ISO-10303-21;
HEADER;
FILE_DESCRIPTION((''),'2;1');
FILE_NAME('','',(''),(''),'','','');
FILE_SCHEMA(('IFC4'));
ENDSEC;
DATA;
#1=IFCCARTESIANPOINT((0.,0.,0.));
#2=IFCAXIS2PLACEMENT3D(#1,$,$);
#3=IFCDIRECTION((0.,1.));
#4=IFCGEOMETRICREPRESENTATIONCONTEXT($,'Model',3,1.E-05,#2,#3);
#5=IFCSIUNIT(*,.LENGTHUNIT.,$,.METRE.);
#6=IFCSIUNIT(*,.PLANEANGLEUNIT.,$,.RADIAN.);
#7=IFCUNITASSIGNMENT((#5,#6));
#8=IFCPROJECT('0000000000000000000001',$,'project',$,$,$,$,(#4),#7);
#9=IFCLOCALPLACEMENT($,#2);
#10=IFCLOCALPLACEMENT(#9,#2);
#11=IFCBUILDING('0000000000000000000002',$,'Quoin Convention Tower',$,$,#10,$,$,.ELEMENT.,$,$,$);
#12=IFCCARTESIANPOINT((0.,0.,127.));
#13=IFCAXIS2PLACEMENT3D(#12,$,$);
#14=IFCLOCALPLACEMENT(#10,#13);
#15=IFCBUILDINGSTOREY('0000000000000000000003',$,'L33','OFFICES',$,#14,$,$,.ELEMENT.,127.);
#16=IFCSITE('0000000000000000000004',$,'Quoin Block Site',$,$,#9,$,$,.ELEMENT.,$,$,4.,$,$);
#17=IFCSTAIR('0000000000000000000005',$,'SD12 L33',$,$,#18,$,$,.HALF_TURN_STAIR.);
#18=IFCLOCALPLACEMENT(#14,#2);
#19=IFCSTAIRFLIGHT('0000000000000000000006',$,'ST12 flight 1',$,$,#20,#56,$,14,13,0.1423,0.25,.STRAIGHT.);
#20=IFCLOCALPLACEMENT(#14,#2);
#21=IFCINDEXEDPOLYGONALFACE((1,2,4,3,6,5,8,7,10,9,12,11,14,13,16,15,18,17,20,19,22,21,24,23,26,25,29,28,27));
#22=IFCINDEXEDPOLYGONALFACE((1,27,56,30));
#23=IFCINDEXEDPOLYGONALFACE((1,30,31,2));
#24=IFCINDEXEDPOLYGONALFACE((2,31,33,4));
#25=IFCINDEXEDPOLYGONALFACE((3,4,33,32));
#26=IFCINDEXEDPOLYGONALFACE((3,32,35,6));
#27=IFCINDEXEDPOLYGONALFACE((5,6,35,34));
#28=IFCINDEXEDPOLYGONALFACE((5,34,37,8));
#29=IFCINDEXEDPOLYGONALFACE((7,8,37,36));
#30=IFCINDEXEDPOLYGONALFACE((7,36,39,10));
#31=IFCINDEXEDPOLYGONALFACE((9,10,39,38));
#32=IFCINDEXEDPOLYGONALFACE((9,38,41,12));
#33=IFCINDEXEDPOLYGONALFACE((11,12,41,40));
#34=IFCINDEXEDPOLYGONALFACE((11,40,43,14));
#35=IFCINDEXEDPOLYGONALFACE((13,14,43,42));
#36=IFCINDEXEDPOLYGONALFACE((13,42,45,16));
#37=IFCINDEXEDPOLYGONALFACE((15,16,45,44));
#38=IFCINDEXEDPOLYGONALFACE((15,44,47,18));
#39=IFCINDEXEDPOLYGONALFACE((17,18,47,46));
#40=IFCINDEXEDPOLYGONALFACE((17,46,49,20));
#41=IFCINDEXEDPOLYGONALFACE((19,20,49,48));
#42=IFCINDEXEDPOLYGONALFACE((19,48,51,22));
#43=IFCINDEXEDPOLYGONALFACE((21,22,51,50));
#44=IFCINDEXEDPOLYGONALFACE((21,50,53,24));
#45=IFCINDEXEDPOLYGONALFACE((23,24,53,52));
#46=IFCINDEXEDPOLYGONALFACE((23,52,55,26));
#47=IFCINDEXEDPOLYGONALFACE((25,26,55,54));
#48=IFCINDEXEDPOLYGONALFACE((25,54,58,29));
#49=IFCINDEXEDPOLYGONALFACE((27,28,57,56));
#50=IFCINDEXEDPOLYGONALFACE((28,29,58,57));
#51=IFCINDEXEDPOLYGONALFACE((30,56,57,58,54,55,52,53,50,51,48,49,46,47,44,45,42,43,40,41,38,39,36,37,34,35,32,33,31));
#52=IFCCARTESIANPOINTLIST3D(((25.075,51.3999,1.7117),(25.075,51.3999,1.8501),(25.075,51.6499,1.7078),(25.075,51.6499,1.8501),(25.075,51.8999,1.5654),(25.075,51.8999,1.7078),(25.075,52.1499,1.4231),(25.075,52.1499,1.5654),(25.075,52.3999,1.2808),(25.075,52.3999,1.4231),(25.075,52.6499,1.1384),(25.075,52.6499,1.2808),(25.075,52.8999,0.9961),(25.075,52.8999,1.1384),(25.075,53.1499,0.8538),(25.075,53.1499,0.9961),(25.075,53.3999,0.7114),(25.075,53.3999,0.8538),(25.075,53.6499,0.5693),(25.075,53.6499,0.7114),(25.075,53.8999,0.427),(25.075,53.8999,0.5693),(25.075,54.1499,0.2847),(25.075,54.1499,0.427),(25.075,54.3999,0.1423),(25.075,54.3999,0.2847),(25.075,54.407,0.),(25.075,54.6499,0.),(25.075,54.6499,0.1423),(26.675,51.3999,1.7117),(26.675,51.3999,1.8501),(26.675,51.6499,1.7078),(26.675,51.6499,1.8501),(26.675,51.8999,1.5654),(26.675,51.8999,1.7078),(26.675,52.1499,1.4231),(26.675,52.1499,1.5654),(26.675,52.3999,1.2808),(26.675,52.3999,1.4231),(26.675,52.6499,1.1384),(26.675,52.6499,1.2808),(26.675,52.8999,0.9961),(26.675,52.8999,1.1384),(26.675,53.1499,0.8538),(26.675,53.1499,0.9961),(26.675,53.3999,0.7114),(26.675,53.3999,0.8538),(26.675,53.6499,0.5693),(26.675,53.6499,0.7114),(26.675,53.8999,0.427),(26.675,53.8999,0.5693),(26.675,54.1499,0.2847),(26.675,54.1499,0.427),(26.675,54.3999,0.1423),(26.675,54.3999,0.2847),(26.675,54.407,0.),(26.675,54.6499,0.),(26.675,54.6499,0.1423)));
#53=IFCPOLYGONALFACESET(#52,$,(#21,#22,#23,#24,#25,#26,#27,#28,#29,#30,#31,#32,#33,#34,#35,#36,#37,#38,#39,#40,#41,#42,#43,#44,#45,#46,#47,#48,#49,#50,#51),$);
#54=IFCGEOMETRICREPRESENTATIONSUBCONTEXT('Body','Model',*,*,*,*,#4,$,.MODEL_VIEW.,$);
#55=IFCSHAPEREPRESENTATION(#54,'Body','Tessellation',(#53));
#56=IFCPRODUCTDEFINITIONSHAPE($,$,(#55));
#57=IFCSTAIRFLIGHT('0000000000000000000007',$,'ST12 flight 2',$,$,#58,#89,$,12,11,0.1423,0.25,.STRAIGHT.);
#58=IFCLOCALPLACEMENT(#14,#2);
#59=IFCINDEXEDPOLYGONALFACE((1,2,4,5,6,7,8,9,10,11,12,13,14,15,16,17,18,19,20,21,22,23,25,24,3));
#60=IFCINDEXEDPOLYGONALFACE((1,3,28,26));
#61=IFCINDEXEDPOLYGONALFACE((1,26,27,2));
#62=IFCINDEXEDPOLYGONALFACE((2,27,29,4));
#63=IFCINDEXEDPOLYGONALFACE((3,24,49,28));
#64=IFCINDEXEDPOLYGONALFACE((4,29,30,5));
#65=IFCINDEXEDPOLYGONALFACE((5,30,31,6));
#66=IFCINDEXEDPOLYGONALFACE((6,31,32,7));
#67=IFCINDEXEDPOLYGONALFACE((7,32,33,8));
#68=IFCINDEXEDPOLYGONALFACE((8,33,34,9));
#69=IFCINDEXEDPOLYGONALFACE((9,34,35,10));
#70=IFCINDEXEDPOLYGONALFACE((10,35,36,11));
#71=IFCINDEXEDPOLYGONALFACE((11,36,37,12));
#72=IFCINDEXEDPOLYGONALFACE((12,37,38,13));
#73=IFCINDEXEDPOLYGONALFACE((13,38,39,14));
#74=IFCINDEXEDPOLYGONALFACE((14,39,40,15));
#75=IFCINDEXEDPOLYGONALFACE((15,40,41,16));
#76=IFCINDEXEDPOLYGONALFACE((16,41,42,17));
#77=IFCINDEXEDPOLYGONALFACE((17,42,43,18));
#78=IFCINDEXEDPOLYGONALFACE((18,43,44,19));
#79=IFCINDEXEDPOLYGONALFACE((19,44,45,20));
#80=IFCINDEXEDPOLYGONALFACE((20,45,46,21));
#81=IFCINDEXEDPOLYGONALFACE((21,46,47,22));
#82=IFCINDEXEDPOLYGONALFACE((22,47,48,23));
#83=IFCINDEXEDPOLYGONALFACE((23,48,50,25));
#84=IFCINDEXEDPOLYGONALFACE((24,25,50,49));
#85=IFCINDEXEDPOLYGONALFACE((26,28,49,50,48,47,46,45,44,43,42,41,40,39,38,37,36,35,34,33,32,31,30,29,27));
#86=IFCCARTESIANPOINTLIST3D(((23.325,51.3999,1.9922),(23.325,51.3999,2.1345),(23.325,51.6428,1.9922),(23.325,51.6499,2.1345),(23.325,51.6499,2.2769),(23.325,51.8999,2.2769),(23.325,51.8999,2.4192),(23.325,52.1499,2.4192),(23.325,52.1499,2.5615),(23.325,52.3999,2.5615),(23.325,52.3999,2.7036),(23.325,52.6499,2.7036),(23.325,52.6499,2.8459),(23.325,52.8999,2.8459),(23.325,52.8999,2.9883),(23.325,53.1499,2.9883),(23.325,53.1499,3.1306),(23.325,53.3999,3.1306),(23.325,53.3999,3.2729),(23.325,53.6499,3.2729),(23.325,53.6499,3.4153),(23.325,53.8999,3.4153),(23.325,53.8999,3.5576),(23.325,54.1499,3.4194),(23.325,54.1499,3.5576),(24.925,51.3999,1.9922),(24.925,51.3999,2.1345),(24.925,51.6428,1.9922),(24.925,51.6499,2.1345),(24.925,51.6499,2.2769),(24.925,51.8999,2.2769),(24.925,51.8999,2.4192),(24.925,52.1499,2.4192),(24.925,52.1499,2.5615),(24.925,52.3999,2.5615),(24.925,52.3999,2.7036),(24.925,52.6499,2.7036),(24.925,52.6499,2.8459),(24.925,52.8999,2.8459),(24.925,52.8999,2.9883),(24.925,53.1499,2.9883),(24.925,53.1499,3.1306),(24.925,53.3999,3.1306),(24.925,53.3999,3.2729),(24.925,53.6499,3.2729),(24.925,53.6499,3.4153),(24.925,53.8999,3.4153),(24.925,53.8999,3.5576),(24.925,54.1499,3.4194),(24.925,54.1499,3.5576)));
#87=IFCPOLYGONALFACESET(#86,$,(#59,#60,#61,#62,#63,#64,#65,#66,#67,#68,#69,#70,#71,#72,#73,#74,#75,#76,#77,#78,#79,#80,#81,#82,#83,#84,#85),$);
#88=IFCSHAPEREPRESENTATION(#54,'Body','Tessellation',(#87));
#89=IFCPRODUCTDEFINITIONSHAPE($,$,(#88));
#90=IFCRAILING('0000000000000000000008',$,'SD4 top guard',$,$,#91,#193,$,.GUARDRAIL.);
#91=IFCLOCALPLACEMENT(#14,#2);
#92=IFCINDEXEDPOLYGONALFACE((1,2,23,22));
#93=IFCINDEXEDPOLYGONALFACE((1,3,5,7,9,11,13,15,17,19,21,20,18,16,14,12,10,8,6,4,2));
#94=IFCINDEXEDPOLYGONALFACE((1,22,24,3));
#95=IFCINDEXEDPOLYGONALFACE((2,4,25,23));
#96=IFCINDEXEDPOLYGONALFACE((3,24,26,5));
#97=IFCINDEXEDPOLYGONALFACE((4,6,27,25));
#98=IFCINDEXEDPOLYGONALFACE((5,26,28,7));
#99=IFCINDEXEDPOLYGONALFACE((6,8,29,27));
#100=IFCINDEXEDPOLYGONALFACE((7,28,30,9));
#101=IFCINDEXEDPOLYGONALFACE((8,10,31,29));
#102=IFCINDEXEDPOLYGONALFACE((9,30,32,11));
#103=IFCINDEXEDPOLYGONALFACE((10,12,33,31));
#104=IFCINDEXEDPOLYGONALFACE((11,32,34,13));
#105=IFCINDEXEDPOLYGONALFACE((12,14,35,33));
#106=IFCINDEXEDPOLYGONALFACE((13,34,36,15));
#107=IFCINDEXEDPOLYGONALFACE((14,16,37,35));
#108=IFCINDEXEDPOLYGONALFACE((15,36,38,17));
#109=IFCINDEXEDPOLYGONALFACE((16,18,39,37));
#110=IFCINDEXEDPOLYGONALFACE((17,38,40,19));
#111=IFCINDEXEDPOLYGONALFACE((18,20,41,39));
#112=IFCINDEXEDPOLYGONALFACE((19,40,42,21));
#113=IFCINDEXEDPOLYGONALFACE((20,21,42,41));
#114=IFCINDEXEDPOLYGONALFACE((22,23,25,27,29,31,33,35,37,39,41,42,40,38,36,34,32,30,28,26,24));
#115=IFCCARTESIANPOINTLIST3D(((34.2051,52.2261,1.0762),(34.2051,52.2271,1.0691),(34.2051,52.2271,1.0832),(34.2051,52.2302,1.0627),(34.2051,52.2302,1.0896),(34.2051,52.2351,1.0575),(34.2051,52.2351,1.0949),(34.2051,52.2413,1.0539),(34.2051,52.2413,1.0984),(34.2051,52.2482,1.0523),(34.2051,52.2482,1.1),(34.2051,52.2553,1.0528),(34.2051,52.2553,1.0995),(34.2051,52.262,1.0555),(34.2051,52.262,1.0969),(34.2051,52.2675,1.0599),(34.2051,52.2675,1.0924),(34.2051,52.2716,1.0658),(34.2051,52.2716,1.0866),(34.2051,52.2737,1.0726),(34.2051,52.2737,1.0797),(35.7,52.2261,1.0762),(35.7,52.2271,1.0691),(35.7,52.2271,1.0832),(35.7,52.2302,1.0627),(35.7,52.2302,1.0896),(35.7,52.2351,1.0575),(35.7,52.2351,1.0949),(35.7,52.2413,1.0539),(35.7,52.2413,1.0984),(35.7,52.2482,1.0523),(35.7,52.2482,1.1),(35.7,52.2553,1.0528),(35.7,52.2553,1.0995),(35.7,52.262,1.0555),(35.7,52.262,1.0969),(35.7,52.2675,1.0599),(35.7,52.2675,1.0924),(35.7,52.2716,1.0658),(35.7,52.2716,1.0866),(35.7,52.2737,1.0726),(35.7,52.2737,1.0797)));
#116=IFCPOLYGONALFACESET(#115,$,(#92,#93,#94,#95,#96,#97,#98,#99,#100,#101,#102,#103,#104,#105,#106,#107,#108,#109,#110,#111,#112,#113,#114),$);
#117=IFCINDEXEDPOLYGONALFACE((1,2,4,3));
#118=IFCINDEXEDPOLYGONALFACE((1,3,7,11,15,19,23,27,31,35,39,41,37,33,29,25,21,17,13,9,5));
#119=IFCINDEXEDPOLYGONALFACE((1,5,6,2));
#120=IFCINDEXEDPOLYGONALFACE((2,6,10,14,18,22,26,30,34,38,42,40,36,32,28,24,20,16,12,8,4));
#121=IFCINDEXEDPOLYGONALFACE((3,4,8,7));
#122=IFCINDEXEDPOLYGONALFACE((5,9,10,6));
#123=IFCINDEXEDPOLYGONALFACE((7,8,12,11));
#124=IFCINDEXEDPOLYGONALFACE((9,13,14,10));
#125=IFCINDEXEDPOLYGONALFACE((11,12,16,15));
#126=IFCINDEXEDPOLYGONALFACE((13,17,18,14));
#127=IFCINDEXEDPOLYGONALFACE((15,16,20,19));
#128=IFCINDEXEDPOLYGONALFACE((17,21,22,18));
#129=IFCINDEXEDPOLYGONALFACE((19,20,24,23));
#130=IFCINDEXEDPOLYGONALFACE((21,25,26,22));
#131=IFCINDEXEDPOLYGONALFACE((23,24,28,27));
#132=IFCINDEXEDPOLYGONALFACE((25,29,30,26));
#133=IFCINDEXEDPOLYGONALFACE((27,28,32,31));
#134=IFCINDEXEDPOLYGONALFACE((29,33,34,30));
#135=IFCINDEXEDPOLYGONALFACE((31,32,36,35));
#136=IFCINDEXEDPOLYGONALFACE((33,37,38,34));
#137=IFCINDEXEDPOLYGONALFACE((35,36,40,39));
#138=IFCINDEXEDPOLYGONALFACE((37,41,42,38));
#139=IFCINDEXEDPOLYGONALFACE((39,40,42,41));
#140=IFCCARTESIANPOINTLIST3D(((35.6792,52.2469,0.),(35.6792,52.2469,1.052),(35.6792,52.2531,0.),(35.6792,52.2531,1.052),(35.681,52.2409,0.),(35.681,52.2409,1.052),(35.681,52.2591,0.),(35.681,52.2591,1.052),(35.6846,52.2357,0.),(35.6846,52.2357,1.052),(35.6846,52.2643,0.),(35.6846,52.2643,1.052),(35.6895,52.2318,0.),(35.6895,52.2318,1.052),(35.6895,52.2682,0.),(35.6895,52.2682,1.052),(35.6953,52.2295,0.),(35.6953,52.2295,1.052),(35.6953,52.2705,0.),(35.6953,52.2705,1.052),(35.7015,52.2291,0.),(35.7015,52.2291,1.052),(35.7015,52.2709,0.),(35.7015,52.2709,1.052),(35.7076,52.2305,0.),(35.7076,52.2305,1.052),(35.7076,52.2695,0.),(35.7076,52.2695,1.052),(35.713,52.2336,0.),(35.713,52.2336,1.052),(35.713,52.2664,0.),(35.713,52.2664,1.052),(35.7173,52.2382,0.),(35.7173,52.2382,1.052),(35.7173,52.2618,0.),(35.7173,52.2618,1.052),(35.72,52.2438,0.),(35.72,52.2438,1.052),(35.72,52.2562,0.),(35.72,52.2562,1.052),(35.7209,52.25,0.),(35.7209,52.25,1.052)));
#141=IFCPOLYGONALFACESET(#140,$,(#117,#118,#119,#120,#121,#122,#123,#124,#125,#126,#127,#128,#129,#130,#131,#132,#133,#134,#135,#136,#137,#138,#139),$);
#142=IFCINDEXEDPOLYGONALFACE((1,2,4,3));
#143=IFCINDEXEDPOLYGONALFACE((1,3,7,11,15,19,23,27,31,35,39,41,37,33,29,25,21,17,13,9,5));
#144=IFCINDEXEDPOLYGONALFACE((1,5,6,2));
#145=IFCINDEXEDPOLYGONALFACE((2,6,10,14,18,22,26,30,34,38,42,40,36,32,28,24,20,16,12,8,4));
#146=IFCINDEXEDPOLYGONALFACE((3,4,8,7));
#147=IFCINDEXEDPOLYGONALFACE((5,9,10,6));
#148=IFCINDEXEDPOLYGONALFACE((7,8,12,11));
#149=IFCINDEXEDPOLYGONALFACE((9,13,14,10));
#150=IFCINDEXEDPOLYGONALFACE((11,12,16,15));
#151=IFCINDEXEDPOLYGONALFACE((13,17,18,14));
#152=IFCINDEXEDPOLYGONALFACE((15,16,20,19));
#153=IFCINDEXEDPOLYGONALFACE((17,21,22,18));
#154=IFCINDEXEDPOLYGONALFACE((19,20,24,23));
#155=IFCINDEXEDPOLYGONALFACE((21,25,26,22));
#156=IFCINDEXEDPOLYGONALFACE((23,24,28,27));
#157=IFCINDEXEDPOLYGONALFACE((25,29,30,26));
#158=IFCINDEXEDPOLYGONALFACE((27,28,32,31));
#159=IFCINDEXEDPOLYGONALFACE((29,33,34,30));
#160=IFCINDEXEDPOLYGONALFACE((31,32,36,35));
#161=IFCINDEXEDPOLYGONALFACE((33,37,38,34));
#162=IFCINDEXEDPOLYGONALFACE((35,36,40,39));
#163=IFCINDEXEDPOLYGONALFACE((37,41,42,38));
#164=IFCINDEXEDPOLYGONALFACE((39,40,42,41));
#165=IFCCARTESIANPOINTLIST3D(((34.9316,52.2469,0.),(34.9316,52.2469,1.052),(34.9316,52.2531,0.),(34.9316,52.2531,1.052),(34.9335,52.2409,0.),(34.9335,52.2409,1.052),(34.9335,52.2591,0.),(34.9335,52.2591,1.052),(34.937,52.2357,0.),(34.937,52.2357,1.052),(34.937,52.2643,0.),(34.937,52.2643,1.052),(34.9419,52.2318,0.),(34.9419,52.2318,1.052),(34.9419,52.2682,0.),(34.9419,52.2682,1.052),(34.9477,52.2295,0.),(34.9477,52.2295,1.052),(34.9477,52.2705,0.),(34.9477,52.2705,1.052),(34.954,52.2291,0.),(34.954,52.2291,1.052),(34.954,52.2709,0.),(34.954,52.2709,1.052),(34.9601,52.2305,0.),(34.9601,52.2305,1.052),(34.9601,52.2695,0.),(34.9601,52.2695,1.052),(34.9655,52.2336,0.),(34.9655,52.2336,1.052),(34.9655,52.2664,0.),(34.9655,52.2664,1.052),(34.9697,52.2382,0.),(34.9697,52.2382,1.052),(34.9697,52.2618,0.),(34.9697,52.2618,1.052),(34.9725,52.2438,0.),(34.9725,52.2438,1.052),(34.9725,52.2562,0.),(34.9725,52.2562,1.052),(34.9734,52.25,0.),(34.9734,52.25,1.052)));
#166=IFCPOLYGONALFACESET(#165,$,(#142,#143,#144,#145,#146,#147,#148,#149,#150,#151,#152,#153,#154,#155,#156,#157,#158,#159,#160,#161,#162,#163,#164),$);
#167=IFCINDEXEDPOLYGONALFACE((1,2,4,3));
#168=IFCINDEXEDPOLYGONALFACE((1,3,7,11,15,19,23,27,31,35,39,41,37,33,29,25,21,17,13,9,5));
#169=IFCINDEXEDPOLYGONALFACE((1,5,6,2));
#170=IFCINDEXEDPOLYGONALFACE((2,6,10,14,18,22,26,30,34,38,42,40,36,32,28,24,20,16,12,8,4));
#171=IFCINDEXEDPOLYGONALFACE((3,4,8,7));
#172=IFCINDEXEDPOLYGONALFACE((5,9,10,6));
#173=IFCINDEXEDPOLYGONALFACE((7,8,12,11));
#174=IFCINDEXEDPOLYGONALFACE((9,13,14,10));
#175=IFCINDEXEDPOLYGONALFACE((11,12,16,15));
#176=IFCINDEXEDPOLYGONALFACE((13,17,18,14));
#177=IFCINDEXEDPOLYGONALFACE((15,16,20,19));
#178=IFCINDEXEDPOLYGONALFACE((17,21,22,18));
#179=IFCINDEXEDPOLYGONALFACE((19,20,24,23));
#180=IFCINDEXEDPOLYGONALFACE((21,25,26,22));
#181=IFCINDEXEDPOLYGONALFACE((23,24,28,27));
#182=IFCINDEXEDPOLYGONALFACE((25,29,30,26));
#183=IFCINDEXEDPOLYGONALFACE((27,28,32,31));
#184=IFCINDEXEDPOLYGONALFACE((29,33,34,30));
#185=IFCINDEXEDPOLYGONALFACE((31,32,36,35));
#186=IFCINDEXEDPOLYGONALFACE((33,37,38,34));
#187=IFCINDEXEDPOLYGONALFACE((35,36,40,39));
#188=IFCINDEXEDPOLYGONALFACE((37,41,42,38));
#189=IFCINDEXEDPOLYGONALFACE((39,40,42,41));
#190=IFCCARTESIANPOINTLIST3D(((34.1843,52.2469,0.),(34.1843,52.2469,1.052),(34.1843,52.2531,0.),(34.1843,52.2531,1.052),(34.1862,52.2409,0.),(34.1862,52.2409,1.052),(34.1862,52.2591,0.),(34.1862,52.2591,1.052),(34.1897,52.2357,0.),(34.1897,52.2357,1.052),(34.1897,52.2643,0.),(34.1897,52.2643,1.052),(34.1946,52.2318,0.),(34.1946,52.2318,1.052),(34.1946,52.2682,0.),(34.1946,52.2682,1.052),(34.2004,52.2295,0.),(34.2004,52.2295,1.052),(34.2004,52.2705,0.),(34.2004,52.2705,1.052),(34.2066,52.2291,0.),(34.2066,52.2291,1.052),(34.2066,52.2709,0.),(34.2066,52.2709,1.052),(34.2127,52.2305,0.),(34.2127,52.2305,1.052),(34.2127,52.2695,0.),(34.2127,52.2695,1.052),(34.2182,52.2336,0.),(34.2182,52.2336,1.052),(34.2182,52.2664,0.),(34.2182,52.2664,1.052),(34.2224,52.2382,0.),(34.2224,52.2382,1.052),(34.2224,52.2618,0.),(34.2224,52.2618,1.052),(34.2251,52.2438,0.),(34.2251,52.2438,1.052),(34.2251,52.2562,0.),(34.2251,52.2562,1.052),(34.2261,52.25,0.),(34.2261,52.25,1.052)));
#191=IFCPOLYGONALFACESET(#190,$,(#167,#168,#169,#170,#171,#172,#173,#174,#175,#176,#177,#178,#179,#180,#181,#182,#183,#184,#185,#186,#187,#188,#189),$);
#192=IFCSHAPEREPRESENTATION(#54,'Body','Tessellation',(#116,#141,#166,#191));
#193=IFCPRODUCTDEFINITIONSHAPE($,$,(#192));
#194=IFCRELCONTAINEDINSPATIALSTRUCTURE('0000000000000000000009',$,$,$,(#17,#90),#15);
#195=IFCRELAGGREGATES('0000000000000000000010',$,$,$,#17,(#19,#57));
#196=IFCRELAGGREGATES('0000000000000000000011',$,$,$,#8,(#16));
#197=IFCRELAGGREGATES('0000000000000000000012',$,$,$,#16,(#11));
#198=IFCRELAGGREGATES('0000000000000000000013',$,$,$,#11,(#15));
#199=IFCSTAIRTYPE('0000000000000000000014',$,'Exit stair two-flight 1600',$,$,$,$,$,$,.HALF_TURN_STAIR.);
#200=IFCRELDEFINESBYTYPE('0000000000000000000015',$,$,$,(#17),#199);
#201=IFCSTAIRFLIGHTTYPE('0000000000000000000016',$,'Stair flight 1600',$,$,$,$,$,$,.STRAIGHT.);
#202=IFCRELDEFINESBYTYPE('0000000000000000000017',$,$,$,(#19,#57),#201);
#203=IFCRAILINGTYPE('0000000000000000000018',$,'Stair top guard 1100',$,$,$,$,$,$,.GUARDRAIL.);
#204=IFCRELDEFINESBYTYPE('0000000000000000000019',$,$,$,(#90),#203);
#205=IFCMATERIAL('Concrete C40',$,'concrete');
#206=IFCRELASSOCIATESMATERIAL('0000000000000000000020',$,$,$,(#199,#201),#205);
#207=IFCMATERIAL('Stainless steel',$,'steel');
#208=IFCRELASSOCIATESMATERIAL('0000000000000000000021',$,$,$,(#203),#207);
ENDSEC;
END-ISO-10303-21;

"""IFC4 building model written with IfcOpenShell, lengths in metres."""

from ifc_helpers import new_model, si_unit, direction, frame, origin, origin_2d, place, context, subcontext, project, spatial, polyline, circle, outline, extrude, material, type_object, element, aggregate, save


model = new_model("IFC4")

# Units and contexts
model_context = context("Model", 3, precision=1e-05, world=origin(), true_north=direction((0.0, 1.0)))
body_context = subcontext(model_context, "Body", "Model", "MODEL_VIEW")
ifc_project = project(units=[si_unit("LENGTHUNIT", "METRE"), si_unit("PLANEANGLEUNIT", "RADIAN")], contexts=[model_context])

# Site, building, storey
site_placement = place(None, origin())
site = spatial("IfcSite", under=ifc_project, at=site_placement, Name="Quoin Block Site", CompositionType="ELEMENT", RefElevation=4.0)
building_placement = place(site_placement, origin())
building = spatial("IfcBuilding", under=site, at=building_placement, Name="Quoin Convention Tower", CompositionType="ELEMENT")
storey_placement = place(building_placement, frame((0.0, 0.0, 127.0)))
storey = spatial("IfcBuildingStorey", under=building, at=storey_placement, Name="L33", Description="OFFICES", CompositionType="ELEMENT", Elevation=127.0)

# Shared definitions
ifc_material_1 = material(Name="Concrete C40", Category="concrete")

# Stair, stair flights
stair_type_1 = type_object("IfcStairType", Name="Exit stair two-flight 1600", PredefinedType="HALF_TURN_STAIR", material=ifc_material_1)
stair_flight_type_1 = type_object("IfcStairFlightType", Name="Stair flight 1600", PredefinedType="STRAIGHT", material=ifc_material_1)
stair_1_placement = place(storey_placement, origin())
stair_1 = element("IfcStair", 1, at=stair_1_placement, inside=storey, type_object=stair_type_1, Name="SD12 L33", PredefinedType="HALF_TURN_STAIR")
stair_flight_1_placement = place(storey_placement, frame((25.875, 54.6499, 0.0), z_axis=(0.0, 0.0, 1.0), x_axis=(0.0, -1.0, 0.0)))
stair_flight_1 = element("IfcStairFlight", 2, at=stair_flight_1_placement, type_object=stair_flight_type_1, Name="ST12 flight 1", NumberOfRisers=14, NumberOfTreads=13, PredefinedType="STRAIGHT", RiserHeight=0.1423, TreadLength=0.25, context=body_context, shape_type="SweptSolid", body=[
    extrude(outline(polyline([(0.0, 0.0), (0.0, 0.1423), (0.25, 0.1423), (0.25, 0.2847), (0.5, 0.2847), (0.5, 0.427), (0.75, 0.427), (0.75, 0.5693), (1.0, 0.5693), (1.0, 0.7114), (1.25, 0.7114), (1.25, 0.8538), (1.5, 0.8538), (1.5, 0.9961), (1.75, 0.9961), (1.75, 1.1384), (2.0, 1.1384), (2.0, 1.2808), (2.25, 1.2808), (2.25, 1.4231), (2.5, 1.4231), (2.5, 1.5654), (2.75, 1.5654), (2.75, 1.7078), (3.0, 1.7078), (3.0, 1.8501), (3.25, 1.8501), (3.25, 1.9922), (3.25, 1.7117), (0.2429, 0.0), (0.0, 0.0)])), frame((0.0, 0.8, 0.0), z_axis=(0.0, -1.0, 0.0), x_axis=(1.0, 0.0, 0.0)), (0.0, 0.0, 1.0), 1.6001),
])
stair_flight_2_placement = place(storey_placement, frame((24.125, 51.3999, 1.9922), z_axis=(0.0, 0.0, 1.0), x_axis=(0.0, 1.0, 0.0)))
stair_flight_2 = element("IfcStairFlight", 3, at=stair_flight_2_placement, type_object=stair_flight_type_1, Name="ST12 flight 2", NumberOfRisers=12, NumberOfTreads=11, PredefinedType="STRAIGHT", RiserHeight=0.1423, TreadLength=0.25, context=body_context, shape_type="SweptSolid", body=[
    extrude(outline(polyline([(0.0, 0.0), (0.0, 0.1423), (0.25, 0.1423), (0.25, 0.2847), (0.5, 0.2847), (0.5, 0.427), (0.75, 0.427), (0.75, 0.5693), (1.0, 0.5693), (1.0, 0.7114), (1.25, 0.7114), (1.25, 0.8538), (1.5, 0.8538), (1.5, 0.9961), (1.75, 0.9961), (1.75, 1.1384), (2.0, 1.1384), (2.0, 1.2808), (2.25, 1.2808), (2.25, 1.4231), (2.5, 1.4231), (2.5, 1.5654), (2.75, 1.5654), (2.75, 1.7078), (2.75, 1.4272), (0.2429, 0.0), (0.0, 0.0)])), frame((0.0, 0.8, 0.0), z_axis=(0.0, -1.0, 0.0), x_axis=(1.0, 0.0, 0.0)), (0.0, 0.0, 1.0), 1.6001),
])
aggregate(stair_1, [stair_flight_1, stair_flight_2])

# Railing
ifc_material_2 = material(Name="Stainless steel", Category="steel")
railing_type_1 = type_object("IfcRailingType", Name="Stair top guard 1100", PredefinedType="GUARDRAIL", material=ifc_material_2)
railing_1_placement = place(storey_placement, frame((35.7, 52.25, 0.0)))
element("IfcRailing", 4, at=railing_1_placement, inside=storey, type_object=railing_type_1, Name="SD4 top guard", PredefinedType="GUARDRAIL", context=body_context, shape_type="SweptSolid", body=[
    extrude(circle(Radius=0.0239, at=origin_2d()), frame((0.0, 0.0, 1.0762), z_axis=(-1.0, 0.0, 0.0), x_axis=(0.0, -1.0, 0.0)), (0.0, 0.0, 1.0), 1.4949),
    extrude(circle(Radius=0.021, at=origin_2d()), origin(), (0.0, 0.0, 1.0), 1.052),
    extrude(circle(Radius=0.021, at=origin_2d()), frame((-0.7476, 0.0, 0.0)), (0.0, 0.0, 1.0), 1.052),
    extrude(circle(Radius=0.021, at=origin_2d()), frame((-1.4949, 0.0, 0.0)), (0.0, 0.0, 1.0), 1.052),
])

save(model, "model.ifc")
